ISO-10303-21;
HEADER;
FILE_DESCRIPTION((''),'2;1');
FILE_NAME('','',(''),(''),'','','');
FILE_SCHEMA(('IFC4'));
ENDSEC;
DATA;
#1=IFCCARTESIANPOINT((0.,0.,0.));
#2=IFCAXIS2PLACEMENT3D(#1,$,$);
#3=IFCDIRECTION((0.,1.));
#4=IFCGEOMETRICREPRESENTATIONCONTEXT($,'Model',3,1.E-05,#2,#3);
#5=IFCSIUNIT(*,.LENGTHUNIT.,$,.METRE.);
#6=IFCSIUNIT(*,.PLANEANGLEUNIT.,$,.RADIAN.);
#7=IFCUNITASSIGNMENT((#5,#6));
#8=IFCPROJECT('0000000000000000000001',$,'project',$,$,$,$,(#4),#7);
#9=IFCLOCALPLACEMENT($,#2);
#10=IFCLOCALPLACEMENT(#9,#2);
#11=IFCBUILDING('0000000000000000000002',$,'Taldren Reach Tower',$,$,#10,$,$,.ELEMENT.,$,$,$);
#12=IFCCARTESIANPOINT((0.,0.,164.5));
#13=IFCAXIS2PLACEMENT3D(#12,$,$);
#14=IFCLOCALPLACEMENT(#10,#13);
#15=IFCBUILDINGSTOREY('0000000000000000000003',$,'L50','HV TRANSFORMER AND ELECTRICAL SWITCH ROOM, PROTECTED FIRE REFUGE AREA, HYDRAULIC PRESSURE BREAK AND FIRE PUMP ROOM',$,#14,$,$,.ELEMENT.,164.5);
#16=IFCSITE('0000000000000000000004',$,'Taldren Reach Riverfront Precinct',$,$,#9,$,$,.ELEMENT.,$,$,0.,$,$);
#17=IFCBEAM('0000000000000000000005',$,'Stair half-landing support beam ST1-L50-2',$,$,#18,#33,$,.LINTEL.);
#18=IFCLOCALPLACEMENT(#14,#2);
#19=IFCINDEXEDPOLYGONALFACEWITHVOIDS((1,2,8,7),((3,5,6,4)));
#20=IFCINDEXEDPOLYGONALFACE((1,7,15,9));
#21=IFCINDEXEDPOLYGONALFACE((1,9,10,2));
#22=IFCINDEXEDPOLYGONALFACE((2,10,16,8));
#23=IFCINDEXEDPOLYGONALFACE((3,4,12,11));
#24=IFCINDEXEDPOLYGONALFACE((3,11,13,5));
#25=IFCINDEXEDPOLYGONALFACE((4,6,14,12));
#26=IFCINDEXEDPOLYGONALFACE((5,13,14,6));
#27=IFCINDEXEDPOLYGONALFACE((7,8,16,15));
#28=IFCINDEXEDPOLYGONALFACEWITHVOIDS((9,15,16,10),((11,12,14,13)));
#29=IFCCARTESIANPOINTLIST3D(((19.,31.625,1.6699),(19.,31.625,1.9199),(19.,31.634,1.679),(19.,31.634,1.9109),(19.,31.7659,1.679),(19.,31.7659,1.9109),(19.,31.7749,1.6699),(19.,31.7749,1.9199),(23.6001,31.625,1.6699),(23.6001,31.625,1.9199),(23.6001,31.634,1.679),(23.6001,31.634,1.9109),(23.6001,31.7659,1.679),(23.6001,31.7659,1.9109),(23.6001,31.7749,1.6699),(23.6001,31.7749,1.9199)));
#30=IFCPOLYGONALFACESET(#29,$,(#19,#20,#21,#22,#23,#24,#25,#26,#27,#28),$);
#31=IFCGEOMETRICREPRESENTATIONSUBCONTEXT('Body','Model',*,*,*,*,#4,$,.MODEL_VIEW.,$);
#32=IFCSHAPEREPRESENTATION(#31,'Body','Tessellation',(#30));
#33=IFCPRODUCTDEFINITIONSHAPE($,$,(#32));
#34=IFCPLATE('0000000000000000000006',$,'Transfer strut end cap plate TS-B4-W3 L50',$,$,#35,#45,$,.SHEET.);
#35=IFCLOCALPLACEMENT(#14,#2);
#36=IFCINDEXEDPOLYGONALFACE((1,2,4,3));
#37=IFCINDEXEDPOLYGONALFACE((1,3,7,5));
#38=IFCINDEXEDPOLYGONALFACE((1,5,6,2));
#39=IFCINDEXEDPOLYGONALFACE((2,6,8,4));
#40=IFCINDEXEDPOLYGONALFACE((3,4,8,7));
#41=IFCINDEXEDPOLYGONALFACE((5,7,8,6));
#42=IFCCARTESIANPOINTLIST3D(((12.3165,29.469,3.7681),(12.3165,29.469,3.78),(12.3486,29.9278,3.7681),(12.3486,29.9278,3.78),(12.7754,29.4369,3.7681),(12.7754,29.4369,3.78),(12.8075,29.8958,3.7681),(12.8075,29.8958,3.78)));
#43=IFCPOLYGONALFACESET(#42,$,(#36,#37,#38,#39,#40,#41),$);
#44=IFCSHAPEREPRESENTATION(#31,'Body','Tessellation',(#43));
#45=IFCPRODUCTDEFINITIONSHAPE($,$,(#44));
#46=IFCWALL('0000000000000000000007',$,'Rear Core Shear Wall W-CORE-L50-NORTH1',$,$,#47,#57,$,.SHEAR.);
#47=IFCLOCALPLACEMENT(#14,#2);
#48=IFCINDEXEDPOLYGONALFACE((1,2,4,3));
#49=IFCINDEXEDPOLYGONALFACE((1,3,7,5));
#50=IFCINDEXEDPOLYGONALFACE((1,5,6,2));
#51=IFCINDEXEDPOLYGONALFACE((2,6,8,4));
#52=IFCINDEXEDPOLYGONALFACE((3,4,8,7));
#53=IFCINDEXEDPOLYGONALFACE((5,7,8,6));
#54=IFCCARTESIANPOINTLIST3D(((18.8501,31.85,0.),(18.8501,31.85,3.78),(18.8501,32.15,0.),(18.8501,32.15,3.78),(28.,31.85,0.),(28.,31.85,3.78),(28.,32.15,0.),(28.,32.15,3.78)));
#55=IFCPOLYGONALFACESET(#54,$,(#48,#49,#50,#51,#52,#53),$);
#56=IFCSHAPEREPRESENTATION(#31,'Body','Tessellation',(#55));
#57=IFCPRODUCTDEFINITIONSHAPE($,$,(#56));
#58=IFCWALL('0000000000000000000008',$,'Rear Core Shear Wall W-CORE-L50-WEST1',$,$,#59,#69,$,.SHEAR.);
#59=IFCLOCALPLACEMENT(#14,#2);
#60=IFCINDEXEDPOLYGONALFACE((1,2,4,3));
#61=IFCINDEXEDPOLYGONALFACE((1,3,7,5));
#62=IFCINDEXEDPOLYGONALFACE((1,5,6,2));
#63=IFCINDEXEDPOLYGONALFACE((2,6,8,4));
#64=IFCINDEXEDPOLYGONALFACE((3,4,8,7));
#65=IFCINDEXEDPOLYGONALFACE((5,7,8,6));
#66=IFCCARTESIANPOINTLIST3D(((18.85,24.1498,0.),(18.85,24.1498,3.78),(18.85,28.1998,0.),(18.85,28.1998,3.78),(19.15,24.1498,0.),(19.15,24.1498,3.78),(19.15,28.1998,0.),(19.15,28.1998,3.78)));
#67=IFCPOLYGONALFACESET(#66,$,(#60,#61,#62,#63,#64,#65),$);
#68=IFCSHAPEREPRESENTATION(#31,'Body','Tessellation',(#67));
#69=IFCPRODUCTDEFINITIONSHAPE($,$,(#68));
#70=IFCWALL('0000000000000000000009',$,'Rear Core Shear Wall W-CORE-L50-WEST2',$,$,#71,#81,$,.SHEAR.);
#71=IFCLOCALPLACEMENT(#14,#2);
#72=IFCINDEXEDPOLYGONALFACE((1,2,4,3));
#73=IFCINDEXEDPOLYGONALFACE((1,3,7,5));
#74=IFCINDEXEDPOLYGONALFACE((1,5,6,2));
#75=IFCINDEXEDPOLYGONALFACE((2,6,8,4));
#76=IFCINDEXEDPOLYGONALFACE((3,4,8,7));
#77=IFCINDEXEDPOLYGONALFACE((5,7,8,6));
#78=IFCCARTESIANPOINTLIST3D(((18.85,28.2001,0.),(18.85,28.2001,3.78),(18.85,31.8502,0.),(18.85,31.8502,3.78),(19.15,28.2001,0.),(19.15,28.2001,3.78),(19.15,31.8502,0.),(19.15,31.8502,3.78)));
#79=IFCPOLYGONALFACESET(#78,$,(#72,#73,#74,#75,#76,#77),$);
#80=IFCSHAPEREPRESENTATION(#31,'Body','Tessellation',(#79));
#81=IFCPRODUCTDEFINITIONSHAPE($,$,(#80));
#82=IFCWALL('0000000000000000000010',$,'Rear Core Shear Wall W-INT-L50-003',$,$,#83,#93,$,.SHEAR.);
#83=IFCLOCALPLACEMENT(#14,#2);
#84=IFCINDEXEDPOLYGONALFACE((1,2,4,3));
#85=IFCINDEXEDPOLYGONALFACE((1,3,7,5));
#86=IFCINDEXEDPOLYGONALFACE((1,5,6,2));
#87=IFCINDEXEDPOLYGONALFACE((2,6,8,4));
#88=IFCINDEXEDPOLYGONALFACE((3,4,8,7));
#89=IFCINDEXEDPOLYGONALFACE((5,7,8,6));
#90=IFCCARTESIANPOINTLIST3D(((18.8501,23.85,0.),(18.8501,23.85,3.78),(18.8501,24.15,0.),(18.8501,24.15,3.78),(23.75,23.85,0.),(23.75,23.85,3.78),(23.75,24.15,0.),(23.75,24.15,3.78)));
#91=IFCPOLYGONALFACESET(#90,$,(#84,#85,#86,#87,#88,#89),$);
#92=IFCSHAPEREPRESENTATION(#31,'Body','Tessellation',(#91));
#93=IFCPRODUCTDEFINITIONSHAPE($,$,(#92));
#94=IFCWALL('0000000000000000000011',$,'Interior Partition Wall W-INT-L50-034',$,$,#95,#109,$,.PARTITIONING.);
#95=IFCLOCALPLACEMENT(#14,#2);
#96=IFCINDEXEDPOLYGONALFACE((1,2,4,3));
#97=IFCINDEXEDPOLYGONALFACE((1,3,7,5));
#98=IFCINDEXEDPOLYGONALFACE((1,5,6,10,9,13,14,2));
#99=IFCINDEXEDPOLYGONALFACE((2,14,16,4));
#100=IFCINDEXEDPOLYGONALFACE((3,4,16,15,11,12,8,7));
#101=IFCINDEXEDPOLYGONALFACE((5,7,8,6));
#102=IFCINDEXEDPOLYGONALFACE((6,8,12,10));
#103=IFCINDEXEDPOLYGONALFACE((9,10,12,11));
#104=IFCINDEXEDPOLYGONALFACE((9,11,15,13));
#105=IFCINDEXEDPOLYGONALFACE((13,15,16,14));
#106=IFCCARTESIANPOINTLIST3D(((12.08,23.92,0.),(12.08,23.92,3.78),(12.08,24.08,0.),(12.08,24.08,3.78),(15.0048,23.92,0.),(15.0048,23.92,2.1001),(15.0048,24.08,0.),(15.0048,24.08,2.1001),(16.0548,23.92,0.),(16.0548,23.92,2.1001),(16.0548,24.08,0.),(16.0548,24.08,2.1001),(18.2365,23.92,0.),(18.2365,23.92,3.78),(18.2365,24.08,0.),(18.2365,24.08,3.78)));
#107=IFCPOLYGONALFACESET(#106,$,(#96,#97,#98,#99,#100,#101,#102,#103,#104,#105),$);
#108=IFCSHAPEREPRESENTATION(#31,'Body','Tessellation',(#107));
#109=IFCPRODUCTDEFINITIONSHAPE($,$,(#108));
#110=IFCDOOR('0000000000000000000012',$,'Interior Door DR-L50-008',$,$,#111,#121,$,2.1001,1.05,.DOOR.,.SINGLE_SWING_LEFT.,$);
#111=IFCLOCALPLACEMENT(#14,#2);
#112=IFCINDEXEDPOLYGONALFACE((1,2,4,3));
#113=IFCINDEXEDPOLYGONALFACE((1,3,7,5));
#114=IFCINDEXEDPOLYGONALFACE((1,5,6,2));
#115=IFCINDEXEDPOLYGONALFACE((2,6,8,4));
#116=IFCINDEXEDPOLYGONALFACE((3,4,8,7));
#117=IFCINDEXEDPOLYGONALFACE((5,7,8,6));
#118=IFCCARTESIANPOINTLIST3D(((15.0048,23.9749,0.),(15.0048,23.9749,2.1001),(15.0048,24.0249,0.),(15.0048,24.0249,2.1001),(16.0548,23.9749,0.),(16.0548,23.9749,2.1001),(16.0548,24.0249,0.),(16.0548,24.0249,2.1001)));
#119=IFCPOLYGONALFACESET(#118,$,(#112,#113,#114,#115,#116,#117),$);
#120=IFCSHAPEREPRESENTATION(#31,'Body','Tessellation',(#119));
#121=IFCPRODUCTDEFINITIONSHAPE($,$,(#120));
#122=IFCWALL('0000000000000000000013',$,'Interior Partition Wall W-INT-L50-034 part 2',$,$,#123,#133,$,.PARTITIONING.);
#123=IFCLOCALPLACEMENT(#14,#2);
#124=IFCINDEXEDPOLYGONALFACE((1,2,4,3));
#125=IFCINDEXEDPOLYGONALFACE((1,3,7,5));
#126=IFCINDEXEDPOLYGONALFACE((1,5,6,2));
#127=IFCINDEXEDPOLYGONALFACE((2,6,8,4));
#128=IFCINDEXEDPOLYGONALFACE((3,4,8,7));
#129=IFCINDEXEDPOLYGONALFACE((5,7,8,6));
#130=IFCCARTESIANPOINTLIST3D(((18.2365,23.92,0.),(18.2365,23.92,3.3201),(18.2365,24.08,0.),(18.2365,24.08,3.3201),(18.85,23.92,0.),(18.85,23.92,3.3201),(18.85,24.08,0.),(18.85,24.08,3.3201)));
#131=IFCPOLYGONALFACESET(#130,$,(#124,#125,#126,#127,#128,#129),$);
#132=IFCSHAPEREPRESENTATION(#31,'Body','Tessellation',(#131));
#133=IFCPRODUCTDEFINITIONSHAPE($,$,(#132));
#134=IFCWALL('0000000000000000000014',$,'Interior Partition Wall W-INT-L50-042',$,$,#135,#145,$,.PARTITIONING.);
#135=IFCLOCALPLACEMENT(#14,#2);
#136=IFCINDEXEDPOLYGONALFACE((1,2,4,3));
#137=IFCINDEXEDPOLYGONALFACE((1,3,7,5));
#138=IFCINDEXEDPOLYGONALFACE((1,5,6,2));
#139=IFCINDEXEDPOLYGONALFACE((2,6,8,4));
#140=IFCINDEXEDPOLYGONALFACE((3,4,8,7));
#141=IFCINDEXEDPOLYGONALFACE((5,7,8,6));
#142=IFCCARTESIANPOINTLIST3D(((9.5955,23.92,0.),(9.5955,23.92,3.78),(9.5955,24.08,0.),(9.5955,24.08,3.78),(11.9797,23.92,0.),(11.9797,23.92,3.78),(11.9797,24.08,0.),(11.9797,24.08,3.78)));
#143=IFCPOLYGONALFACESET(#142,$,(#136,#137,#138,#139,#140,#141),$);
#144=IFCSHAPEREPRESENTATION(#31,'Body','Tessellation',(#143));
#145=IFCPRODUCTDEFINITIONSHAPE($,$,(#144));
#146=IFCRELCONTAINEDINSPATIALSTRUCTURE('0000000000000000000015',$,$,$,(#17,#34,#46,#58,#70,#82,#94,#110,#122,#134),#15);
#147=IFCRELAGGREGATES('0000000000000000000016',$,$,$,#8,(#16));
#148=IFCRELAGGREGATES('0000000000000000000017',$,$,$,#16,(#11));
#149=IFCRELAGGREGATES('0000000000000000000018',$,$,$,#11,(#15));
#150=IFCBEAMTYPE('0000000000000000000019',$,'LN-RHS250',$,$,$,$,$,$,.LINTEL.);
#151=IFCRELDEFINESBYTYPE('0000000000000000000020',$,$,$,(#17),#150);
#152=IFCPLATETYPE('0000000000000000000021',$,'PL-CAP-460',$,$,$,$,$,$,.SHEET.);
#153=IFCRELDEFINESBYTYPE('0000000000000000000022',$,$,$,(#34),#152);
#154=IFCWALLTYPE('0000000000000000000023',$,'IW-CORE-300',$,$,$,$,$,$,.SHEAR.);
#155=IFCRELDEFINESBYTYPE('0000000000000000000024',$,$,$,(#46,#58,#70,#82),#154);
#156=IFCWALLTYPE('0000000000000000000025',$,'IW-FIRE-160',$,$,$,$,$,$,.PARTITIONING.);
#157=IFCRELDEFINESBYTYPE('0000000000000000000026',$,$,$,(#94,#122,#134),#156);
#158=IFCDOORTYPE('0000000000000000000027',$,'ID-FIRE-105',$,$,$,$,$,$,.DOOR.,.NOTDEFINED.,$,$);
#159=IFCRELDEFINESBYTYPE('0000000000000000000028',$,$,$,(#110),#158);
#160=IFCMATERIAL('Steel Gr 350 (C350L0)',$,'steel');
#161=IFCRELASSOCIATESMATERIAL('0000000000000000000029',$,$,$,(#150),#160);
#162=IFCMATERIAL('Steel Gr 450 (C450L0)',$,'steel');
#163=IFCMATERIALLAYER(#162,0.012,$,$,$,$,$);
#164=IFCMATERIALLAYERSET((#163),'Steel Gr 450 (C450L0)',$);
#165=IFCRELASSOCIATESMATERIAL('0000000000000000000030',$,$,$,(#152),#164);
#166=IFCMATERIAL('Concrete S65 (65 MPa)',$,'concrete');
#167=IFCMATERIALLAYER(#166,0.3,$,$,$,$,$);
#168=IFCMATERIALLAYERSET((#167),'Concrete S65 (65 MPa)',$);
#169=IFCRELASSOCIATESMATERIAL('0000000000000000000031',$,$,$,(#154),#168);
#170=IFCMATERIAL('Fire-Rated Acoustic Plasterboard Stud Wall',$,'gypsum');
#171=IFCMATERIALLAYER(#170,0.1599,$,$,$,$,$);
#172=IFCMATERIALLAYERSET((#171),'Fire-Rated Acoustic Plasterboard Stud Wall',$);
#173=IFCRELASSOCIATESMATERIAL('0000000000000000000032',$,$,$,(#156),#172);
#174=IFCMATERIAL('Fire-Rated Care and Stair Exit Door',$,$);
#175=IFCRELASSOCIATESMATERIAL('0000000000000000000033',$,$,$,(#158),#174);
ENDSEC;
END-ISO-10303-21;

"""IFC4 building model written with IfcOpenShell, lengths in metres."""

from ifc_helpers import new_model, si_unit, direction, frame, frame_2d, origin, origin_2d, place, context, subcontext, project, spatial, rectangle, hollow_rectangle, extrude, source, transform, mapped, material, layer, layer_set, material_profile, profile_set, type_object, element, fill, save


model = new_model("IFC4")

# Units and contexts
model_context = context("Model", 3, precision=1e-05, world=origin(), true_north=direction((0.0, 1.0)))
body_context = subcontext(model_context, "Body", "Model", "MODEL_VIEW")
ifc_project = project(units=[si_unit("LENGTHUNIT", "METRE"), si_unit("PLANEANGLEUNIT", "RADIAN")], contexts=[model_context])

# Site, building, storey
site_placement = place(None, origin())
site = spatial("IfcSite", under=ifc_project, at=site_placement, Name="Taldren Reach Riverfront Precinct", CompositionType="ELEMENT", RefElevation=0.0)
building_placement = place(site_placement, origin())
building = spatial("IfcBuilding", under=site, at=building_placement, Name="Taldren Reach Tower", CompositionType="ELEMENT")
storey_placement = place(building_placement, frame((0.0, 0.0, 164.5)))
storey = spatial("IfcBuildingStorey", under=building, at=storey_placement, Name="L50", Description="HV TRANSFORMER AND ELECTRICAL SWITCH ROOM, PROTECTED FIRE REFUGE AREA, HYDRAULIC PRESSURE BREAK AND FIRE PUMP ROOM", CompositionType="ELEMENT", Elevation=164.5)

# Shared definitions
ifc_material_1 = material(Name="Steel Gr 450 (C450L0)", Category="steel")

# Shared definitions
ifc_material_2 = material(Name="Steel Gr 350 (C350L0)", Category="steel")

# Beam
ifc_material_profile_1 = material_profile(ifc_material_2, hollow_rectangle(XDim=0.1499, YDim=0.25, WallThickness=0.009, at=origin_2d()), Name="250x150x9.0RHS")
ifc_profile_set_1 = profile_set([ifc_material_profile_1], Name="Steel Gr 350 (C350L0)")
beam_type_1 = type_object("IfcBeamType", Name="LN-RHS250", PredefinedType="LINTEL", material=ifc_profile_set_1)
shared_shape_1 = source(origin(), body_context, "Body", "SweptSolid", [
    extrude(hollow_rectangle(XDim=0.1499, YDim=0.25, WallThickness=0.009, at=origin_2d()), origin(), (0.0, 0.0, 1.0), 4.6001),
])
for number, where, z_axis, x_axis, name in (
    (1, (19.0, 31.7, 1.7949), (1.0, 0.0, 0.0), (0.0, 1.0, 0.0), "Stair half-landing support beam ST1-L50-2"),
):
    element("IfcBeam", number, at=place(storey_placement, frame(where, z_axis=z_axis, x_axis=x_axis)), inside=storey, type_object=beam_type_1, Name=name, PredefinedType="LINTEL", context=body_context, shape_type="MappedRepresentation", body=[
        mapped(shared_shape_1, transform((0.0, 0.0, 0.0), scale=1.0)),
    ])

# Plate
ifc_layer_1 = layer(ifc_material_1, 0.012)
ifc_layer_set_1 = layer_set([ifc_layer_1], Name="Steel Gr 450 (C450L0)")
plate_type = type_object("IfcPlateType", Name="PL-CAP-460", PredefinedType="SHEET", material=ifc_layer_set_1)
shared_shape_2 = source(origin(), body_context, "Body", "SweptSolid", [
    extrude(rectangle(XDim=0.46, YDim=0.46, at=origin_2d()), origin(), (0.0, 0.0, 1.0), 0.012),
])
plate_placement = place(storey_placement, frame((12.562, 29.6824, 3.7681), z_axis=(0.0, 0.0, 1.0), x_axis=(0.997564, -0.069756, 0.0)))
element("IfcPlate", 2, at=plate_placement, inside=storey, type_object=plate_type, Name="Transfer strut end cap plate TS-B4-W3 L50", PredefinedType="SHEET", context=body_context, shape_type="MappedRepresentation", body=[
    mapped(shared_shape_2, transform((0.0, 0.0, 0.0), scale=1.0)),
])

# Walls
ifc_material_3 = material(Name="Concrete S65 (65 MPa)", Category="concrete")
ifc_layer_2 = layer(ifc_material_3, 0.3)
ifc_layer_set_2 = layer_set([ifc_layer_2], Name="Concrete S65 (65 MPa)")
wall_type_1 = type_object("IfcWallType", Name="IW-CORE-300", PredefinedType="SHEAR", material=ifc_layer_set_2)
shared_shape_3 = source(origin(), body_context, "Body", "SweptSolid", [
    extrude(rectangle(XDim=9.1499, YDim=0.3, at=frame_2d((4.575, 0.0))), origin(), (0.0, 0.0, 1.0), 3.78),
])
wall_1_placement = place(storey_placement, frame((18.8501, 32.0, 0.0), z_axis=(0.0, 0.0, 1.0), x_axis=(1.0, 0.0, 0.0)))
element("IfcWall", 3, at=wall_1_placement, inside=storey, type_object=wall_type_1, Name="Rear Core Shear Wall W-CORE-L50-NORTH1", PredefinedType="SHEAR", context=body_context, shape_type="MappedRepresentation", body=[
    mapped(shared_shape_3, transform((0.0, 0.0, 0.0), scale=1.0)),
])
shared_shape_4 = source(origin(), body_context, "Body", "SweptSolid", [
    extrude(rectangle(XDim=4.05, YDim=0.3, at=frame_2d((2.0249, 0.0))), origin(), (0.0, 0.0, 1.0), 3.78),
])
wall_2_placement = place(storey_placement, frame((19.0, 24.1499, 0.0), z_axis=(0.0, 0.0, 1.0), x_axis=(0.0, 1.0, 0.0)))
element("IfcWall", 4, at=wall_2_placement, inside=storey, type_object=wall_type_1, Name="Rear Core Shear Wall W-CORE-L50-WEST1", PredefinedType="SHEAR", context=body_context, shape_type="MappedRepresentation", body=[
    mapped(shared_shape_4, transform((0.0, 0.0, 0.0), scale=1.0)),
])
shared_shape_5 = source(origin(), body_context, "Body", "SweptSolid", [
    extrude(rectangle(XDim=3.6501, YDim=0.3, at=frame_2d((1.8252, 0.0))), origin(), (0.0, 0.0, 1.0), 3.78),
])
wall_3_placement = place(storey_placement, frame((19.0, 28.2, 0.0), z_axis=(0.0, 0.0, 1.0), x_axis=(0.0, 1.0, 0.0)))
element("IfcWall", 5, at=wall_3_placement, inside=storey, type_object=wall_type_1, Name="Rear Core Shear Wall W-CORE-L50-WEST2", PredefinedType="SHEAR", context=body_context, shape_type="MappedRepresentation", body=[
    mapped(shared_shape_5, transform((0.0, 0.0, 0.0), scale=1.0)),
])
shared_shape_6 = source(origin(), body_context, "Body", "SweptSolid", [
    extrude(rectangle(XDim=4.8999, YDim=0.3, at=frame_2d((2.45, 0.0))), origin(), (0.0, 0.0, 1.0), 3.78),
])
wall_4_placement = place(storey_placement, frame((18.8501, 24.0, 0.0), z_axis=(0.0, 0.0, 1.0), x_axis=(1.0, 0.0, 0.0)))
element("IfcWall", 6, at=wall_4_placement, inside=storey, type_object=wall_type_1, Name="Rear Core Shear Wall W-INT-L50-003", PredefinedType="SHEAR", context=body_context, shape_type="MappedRepresentation", body=[
    mapped(shared_shape_6, transform((0.0, 0.0, 0.0), scale=1.0)),
])

# Wall, opening, door
ifc_material_4 = material(Name="Fire-Rated Acoustic Plasterboard Stud Wall", Category="gypsum")
ifc_layer_3 = layer(ifc_material_4, 0.1599)
ifc_layer_set_3 = layer_set([ifc_layer_3], Name="Fire-Rated Acoustic Plasterboard Stud Wall")
wall_type_2 = type_object("IfcWallType", Name="IW-FIRE-160", PredefinedType="PARTITIONING", material=ifc_layer_set_3)
shared_shape_7 = source(origin(), body_context, "Body", "SweptSolid", [
    extrude(rectangle(XDim=6.1565, YDim=0.1599, at=frame_2d((3.0781, 0.0))), origin(), (0.0, 0.0, 1.0), 3.78),
])
wall_5_placement = place(storey_placement, frame((12.0801, 24.0, 0.0), z_axis=(0.0, 0.0, 1.0), x_axis=(1.0, 0.0, 0.0)))
wall_5 = element("IfcWall", 7, at=wall_5_placement, inside=storey, type_object=wall_type_2, Name="Interior Partition Wall W-INT-L50-034", PredefinedType="PARTITIONING", context=body_context, shape_type="MappedRepresentation", body=[
    mapped(shared_shape_7, transform((0.0, 0.0, 0.0), scale=1.0)),
])
shared_shape_8 = source(origin(), body_context, "Body", "SweptSolid", [
    extrude(rectangle(XDim=1.05, YDim=2.1001, at=frame_2d((0.5249, 1.05))), frame((0.0, 0.0898, 0.0), z_axis=(0.0, -1.0, 0.0), x_axis=(1.0, 0.0, 0.0)), (0.0, 0.0, 1.0), 0.1799),
])
opening_placement = place(wall_5_placement, frame((2.9248, 0.0, 0.0)))
opening = element("IfcOpeningElement", 8, at=opening_placement, cuts=wall_5, PredefinedType="OPENING", context=body_context, shape_type="MappedRepresentation", body=[
    mapped(shared_shape_8, transform((0.0, 0.0, 0.0), scale=1.0)),
])
ifc_material_5 = material(Name="Fire-Rated Care and Stair Exit Door")
door_type = type_object("IfcDoorType", Name="ID-FIRE-105", OperationType="NOTDEFINED", PredefinedType="DOOR", material=ifc_material_5)
shared_shape_9 = source(origin(), body_context, "Body", "SweptSolid", [
    extrude(rectangle(XDim=1.05, YDim=2.1001, at=frame_2d((0.5249, 1.05))), frame((0.0, 0.0249, 0.0), z_axis=(0.0, -1.0, 0.0), x_axis=(1.0, 0.0, 0.0)), (0.0, 0.0, 1.0), 0.05),
])
door_placement = place(opening_placement, origin())
door = element("IfcDoor", 9, at=door_placement, inside=storey, type_object=door_type, Name="Interior Door DR-L50-008", OperationType="SINGLE_SWING_LEFT", OverallHeight=2.1001, OverallWidth=1.05, PredefinedType="DOOR", context=body_context, shape_type="MappedRepresentation", body=[
    mapped(shared_shape_9, transform((0.0, 0.0, 0.0), scale=1.0)),
])
fill(opening, door)

# Walls
shared_shape_10 = source(origin(), body_context, "Body", "SweptSolid", [
    extrude(rectangle(XDim=0.6135, YDim=0.1599, at=frame_2d((0.3066, 0.0))), origin(), (0.0, 0.0, 1.0), 3.3201),
])
wall_6_placement = place(storey_placement, frame((18.2366, 24.0, 0.0), z_axis=(0.0, 0.0, 1.0), x_axis=(1.0, 0.0, 0.0)))
element("IfcWall", 10, at=wall_6_placement, inside=storey, type_object=wall_type_2, Name="Interior Partition Wall W-INT-L50-034 part 2", PredefinedType="PARTITIONING", context=body_context, shape_type="MappedRepresentation", body=[
    mapped(shared_shape_10, transform((0.0, 0.0, 0.0), scale=1.0)),
])
shared_shape_11 = source(origin(), body_context, "Body", "SweptSolid", [
    extrude(rectangle(XDim=2.3843, YDim=0.1599, at=frame_2d((1.1921, 0.0))), origin(), (0.0, 0.0, 1.0), 3.78),
])
wall_7_placement = place(storey_placement, frame((11.9797, 24.0, 0.0), z_axis=(0.0, 0.0, 1.0), x_axis=(-1.0, 0.0, 0.0)))
element("IfcWall", 11, at=wall_7_placement, inside=storey, type_object=wall_type_2, Name="Interior Partition Wall W-INT-L50-042", PredefinedType="PARTITIONING", context=body_context, shape_type="MappedRepresentation", body=[
    mapped(shared_shape_11, transform((0.0, 0.0, 0.0), scale=1.0)),
])

save(model, "model.ifc")
